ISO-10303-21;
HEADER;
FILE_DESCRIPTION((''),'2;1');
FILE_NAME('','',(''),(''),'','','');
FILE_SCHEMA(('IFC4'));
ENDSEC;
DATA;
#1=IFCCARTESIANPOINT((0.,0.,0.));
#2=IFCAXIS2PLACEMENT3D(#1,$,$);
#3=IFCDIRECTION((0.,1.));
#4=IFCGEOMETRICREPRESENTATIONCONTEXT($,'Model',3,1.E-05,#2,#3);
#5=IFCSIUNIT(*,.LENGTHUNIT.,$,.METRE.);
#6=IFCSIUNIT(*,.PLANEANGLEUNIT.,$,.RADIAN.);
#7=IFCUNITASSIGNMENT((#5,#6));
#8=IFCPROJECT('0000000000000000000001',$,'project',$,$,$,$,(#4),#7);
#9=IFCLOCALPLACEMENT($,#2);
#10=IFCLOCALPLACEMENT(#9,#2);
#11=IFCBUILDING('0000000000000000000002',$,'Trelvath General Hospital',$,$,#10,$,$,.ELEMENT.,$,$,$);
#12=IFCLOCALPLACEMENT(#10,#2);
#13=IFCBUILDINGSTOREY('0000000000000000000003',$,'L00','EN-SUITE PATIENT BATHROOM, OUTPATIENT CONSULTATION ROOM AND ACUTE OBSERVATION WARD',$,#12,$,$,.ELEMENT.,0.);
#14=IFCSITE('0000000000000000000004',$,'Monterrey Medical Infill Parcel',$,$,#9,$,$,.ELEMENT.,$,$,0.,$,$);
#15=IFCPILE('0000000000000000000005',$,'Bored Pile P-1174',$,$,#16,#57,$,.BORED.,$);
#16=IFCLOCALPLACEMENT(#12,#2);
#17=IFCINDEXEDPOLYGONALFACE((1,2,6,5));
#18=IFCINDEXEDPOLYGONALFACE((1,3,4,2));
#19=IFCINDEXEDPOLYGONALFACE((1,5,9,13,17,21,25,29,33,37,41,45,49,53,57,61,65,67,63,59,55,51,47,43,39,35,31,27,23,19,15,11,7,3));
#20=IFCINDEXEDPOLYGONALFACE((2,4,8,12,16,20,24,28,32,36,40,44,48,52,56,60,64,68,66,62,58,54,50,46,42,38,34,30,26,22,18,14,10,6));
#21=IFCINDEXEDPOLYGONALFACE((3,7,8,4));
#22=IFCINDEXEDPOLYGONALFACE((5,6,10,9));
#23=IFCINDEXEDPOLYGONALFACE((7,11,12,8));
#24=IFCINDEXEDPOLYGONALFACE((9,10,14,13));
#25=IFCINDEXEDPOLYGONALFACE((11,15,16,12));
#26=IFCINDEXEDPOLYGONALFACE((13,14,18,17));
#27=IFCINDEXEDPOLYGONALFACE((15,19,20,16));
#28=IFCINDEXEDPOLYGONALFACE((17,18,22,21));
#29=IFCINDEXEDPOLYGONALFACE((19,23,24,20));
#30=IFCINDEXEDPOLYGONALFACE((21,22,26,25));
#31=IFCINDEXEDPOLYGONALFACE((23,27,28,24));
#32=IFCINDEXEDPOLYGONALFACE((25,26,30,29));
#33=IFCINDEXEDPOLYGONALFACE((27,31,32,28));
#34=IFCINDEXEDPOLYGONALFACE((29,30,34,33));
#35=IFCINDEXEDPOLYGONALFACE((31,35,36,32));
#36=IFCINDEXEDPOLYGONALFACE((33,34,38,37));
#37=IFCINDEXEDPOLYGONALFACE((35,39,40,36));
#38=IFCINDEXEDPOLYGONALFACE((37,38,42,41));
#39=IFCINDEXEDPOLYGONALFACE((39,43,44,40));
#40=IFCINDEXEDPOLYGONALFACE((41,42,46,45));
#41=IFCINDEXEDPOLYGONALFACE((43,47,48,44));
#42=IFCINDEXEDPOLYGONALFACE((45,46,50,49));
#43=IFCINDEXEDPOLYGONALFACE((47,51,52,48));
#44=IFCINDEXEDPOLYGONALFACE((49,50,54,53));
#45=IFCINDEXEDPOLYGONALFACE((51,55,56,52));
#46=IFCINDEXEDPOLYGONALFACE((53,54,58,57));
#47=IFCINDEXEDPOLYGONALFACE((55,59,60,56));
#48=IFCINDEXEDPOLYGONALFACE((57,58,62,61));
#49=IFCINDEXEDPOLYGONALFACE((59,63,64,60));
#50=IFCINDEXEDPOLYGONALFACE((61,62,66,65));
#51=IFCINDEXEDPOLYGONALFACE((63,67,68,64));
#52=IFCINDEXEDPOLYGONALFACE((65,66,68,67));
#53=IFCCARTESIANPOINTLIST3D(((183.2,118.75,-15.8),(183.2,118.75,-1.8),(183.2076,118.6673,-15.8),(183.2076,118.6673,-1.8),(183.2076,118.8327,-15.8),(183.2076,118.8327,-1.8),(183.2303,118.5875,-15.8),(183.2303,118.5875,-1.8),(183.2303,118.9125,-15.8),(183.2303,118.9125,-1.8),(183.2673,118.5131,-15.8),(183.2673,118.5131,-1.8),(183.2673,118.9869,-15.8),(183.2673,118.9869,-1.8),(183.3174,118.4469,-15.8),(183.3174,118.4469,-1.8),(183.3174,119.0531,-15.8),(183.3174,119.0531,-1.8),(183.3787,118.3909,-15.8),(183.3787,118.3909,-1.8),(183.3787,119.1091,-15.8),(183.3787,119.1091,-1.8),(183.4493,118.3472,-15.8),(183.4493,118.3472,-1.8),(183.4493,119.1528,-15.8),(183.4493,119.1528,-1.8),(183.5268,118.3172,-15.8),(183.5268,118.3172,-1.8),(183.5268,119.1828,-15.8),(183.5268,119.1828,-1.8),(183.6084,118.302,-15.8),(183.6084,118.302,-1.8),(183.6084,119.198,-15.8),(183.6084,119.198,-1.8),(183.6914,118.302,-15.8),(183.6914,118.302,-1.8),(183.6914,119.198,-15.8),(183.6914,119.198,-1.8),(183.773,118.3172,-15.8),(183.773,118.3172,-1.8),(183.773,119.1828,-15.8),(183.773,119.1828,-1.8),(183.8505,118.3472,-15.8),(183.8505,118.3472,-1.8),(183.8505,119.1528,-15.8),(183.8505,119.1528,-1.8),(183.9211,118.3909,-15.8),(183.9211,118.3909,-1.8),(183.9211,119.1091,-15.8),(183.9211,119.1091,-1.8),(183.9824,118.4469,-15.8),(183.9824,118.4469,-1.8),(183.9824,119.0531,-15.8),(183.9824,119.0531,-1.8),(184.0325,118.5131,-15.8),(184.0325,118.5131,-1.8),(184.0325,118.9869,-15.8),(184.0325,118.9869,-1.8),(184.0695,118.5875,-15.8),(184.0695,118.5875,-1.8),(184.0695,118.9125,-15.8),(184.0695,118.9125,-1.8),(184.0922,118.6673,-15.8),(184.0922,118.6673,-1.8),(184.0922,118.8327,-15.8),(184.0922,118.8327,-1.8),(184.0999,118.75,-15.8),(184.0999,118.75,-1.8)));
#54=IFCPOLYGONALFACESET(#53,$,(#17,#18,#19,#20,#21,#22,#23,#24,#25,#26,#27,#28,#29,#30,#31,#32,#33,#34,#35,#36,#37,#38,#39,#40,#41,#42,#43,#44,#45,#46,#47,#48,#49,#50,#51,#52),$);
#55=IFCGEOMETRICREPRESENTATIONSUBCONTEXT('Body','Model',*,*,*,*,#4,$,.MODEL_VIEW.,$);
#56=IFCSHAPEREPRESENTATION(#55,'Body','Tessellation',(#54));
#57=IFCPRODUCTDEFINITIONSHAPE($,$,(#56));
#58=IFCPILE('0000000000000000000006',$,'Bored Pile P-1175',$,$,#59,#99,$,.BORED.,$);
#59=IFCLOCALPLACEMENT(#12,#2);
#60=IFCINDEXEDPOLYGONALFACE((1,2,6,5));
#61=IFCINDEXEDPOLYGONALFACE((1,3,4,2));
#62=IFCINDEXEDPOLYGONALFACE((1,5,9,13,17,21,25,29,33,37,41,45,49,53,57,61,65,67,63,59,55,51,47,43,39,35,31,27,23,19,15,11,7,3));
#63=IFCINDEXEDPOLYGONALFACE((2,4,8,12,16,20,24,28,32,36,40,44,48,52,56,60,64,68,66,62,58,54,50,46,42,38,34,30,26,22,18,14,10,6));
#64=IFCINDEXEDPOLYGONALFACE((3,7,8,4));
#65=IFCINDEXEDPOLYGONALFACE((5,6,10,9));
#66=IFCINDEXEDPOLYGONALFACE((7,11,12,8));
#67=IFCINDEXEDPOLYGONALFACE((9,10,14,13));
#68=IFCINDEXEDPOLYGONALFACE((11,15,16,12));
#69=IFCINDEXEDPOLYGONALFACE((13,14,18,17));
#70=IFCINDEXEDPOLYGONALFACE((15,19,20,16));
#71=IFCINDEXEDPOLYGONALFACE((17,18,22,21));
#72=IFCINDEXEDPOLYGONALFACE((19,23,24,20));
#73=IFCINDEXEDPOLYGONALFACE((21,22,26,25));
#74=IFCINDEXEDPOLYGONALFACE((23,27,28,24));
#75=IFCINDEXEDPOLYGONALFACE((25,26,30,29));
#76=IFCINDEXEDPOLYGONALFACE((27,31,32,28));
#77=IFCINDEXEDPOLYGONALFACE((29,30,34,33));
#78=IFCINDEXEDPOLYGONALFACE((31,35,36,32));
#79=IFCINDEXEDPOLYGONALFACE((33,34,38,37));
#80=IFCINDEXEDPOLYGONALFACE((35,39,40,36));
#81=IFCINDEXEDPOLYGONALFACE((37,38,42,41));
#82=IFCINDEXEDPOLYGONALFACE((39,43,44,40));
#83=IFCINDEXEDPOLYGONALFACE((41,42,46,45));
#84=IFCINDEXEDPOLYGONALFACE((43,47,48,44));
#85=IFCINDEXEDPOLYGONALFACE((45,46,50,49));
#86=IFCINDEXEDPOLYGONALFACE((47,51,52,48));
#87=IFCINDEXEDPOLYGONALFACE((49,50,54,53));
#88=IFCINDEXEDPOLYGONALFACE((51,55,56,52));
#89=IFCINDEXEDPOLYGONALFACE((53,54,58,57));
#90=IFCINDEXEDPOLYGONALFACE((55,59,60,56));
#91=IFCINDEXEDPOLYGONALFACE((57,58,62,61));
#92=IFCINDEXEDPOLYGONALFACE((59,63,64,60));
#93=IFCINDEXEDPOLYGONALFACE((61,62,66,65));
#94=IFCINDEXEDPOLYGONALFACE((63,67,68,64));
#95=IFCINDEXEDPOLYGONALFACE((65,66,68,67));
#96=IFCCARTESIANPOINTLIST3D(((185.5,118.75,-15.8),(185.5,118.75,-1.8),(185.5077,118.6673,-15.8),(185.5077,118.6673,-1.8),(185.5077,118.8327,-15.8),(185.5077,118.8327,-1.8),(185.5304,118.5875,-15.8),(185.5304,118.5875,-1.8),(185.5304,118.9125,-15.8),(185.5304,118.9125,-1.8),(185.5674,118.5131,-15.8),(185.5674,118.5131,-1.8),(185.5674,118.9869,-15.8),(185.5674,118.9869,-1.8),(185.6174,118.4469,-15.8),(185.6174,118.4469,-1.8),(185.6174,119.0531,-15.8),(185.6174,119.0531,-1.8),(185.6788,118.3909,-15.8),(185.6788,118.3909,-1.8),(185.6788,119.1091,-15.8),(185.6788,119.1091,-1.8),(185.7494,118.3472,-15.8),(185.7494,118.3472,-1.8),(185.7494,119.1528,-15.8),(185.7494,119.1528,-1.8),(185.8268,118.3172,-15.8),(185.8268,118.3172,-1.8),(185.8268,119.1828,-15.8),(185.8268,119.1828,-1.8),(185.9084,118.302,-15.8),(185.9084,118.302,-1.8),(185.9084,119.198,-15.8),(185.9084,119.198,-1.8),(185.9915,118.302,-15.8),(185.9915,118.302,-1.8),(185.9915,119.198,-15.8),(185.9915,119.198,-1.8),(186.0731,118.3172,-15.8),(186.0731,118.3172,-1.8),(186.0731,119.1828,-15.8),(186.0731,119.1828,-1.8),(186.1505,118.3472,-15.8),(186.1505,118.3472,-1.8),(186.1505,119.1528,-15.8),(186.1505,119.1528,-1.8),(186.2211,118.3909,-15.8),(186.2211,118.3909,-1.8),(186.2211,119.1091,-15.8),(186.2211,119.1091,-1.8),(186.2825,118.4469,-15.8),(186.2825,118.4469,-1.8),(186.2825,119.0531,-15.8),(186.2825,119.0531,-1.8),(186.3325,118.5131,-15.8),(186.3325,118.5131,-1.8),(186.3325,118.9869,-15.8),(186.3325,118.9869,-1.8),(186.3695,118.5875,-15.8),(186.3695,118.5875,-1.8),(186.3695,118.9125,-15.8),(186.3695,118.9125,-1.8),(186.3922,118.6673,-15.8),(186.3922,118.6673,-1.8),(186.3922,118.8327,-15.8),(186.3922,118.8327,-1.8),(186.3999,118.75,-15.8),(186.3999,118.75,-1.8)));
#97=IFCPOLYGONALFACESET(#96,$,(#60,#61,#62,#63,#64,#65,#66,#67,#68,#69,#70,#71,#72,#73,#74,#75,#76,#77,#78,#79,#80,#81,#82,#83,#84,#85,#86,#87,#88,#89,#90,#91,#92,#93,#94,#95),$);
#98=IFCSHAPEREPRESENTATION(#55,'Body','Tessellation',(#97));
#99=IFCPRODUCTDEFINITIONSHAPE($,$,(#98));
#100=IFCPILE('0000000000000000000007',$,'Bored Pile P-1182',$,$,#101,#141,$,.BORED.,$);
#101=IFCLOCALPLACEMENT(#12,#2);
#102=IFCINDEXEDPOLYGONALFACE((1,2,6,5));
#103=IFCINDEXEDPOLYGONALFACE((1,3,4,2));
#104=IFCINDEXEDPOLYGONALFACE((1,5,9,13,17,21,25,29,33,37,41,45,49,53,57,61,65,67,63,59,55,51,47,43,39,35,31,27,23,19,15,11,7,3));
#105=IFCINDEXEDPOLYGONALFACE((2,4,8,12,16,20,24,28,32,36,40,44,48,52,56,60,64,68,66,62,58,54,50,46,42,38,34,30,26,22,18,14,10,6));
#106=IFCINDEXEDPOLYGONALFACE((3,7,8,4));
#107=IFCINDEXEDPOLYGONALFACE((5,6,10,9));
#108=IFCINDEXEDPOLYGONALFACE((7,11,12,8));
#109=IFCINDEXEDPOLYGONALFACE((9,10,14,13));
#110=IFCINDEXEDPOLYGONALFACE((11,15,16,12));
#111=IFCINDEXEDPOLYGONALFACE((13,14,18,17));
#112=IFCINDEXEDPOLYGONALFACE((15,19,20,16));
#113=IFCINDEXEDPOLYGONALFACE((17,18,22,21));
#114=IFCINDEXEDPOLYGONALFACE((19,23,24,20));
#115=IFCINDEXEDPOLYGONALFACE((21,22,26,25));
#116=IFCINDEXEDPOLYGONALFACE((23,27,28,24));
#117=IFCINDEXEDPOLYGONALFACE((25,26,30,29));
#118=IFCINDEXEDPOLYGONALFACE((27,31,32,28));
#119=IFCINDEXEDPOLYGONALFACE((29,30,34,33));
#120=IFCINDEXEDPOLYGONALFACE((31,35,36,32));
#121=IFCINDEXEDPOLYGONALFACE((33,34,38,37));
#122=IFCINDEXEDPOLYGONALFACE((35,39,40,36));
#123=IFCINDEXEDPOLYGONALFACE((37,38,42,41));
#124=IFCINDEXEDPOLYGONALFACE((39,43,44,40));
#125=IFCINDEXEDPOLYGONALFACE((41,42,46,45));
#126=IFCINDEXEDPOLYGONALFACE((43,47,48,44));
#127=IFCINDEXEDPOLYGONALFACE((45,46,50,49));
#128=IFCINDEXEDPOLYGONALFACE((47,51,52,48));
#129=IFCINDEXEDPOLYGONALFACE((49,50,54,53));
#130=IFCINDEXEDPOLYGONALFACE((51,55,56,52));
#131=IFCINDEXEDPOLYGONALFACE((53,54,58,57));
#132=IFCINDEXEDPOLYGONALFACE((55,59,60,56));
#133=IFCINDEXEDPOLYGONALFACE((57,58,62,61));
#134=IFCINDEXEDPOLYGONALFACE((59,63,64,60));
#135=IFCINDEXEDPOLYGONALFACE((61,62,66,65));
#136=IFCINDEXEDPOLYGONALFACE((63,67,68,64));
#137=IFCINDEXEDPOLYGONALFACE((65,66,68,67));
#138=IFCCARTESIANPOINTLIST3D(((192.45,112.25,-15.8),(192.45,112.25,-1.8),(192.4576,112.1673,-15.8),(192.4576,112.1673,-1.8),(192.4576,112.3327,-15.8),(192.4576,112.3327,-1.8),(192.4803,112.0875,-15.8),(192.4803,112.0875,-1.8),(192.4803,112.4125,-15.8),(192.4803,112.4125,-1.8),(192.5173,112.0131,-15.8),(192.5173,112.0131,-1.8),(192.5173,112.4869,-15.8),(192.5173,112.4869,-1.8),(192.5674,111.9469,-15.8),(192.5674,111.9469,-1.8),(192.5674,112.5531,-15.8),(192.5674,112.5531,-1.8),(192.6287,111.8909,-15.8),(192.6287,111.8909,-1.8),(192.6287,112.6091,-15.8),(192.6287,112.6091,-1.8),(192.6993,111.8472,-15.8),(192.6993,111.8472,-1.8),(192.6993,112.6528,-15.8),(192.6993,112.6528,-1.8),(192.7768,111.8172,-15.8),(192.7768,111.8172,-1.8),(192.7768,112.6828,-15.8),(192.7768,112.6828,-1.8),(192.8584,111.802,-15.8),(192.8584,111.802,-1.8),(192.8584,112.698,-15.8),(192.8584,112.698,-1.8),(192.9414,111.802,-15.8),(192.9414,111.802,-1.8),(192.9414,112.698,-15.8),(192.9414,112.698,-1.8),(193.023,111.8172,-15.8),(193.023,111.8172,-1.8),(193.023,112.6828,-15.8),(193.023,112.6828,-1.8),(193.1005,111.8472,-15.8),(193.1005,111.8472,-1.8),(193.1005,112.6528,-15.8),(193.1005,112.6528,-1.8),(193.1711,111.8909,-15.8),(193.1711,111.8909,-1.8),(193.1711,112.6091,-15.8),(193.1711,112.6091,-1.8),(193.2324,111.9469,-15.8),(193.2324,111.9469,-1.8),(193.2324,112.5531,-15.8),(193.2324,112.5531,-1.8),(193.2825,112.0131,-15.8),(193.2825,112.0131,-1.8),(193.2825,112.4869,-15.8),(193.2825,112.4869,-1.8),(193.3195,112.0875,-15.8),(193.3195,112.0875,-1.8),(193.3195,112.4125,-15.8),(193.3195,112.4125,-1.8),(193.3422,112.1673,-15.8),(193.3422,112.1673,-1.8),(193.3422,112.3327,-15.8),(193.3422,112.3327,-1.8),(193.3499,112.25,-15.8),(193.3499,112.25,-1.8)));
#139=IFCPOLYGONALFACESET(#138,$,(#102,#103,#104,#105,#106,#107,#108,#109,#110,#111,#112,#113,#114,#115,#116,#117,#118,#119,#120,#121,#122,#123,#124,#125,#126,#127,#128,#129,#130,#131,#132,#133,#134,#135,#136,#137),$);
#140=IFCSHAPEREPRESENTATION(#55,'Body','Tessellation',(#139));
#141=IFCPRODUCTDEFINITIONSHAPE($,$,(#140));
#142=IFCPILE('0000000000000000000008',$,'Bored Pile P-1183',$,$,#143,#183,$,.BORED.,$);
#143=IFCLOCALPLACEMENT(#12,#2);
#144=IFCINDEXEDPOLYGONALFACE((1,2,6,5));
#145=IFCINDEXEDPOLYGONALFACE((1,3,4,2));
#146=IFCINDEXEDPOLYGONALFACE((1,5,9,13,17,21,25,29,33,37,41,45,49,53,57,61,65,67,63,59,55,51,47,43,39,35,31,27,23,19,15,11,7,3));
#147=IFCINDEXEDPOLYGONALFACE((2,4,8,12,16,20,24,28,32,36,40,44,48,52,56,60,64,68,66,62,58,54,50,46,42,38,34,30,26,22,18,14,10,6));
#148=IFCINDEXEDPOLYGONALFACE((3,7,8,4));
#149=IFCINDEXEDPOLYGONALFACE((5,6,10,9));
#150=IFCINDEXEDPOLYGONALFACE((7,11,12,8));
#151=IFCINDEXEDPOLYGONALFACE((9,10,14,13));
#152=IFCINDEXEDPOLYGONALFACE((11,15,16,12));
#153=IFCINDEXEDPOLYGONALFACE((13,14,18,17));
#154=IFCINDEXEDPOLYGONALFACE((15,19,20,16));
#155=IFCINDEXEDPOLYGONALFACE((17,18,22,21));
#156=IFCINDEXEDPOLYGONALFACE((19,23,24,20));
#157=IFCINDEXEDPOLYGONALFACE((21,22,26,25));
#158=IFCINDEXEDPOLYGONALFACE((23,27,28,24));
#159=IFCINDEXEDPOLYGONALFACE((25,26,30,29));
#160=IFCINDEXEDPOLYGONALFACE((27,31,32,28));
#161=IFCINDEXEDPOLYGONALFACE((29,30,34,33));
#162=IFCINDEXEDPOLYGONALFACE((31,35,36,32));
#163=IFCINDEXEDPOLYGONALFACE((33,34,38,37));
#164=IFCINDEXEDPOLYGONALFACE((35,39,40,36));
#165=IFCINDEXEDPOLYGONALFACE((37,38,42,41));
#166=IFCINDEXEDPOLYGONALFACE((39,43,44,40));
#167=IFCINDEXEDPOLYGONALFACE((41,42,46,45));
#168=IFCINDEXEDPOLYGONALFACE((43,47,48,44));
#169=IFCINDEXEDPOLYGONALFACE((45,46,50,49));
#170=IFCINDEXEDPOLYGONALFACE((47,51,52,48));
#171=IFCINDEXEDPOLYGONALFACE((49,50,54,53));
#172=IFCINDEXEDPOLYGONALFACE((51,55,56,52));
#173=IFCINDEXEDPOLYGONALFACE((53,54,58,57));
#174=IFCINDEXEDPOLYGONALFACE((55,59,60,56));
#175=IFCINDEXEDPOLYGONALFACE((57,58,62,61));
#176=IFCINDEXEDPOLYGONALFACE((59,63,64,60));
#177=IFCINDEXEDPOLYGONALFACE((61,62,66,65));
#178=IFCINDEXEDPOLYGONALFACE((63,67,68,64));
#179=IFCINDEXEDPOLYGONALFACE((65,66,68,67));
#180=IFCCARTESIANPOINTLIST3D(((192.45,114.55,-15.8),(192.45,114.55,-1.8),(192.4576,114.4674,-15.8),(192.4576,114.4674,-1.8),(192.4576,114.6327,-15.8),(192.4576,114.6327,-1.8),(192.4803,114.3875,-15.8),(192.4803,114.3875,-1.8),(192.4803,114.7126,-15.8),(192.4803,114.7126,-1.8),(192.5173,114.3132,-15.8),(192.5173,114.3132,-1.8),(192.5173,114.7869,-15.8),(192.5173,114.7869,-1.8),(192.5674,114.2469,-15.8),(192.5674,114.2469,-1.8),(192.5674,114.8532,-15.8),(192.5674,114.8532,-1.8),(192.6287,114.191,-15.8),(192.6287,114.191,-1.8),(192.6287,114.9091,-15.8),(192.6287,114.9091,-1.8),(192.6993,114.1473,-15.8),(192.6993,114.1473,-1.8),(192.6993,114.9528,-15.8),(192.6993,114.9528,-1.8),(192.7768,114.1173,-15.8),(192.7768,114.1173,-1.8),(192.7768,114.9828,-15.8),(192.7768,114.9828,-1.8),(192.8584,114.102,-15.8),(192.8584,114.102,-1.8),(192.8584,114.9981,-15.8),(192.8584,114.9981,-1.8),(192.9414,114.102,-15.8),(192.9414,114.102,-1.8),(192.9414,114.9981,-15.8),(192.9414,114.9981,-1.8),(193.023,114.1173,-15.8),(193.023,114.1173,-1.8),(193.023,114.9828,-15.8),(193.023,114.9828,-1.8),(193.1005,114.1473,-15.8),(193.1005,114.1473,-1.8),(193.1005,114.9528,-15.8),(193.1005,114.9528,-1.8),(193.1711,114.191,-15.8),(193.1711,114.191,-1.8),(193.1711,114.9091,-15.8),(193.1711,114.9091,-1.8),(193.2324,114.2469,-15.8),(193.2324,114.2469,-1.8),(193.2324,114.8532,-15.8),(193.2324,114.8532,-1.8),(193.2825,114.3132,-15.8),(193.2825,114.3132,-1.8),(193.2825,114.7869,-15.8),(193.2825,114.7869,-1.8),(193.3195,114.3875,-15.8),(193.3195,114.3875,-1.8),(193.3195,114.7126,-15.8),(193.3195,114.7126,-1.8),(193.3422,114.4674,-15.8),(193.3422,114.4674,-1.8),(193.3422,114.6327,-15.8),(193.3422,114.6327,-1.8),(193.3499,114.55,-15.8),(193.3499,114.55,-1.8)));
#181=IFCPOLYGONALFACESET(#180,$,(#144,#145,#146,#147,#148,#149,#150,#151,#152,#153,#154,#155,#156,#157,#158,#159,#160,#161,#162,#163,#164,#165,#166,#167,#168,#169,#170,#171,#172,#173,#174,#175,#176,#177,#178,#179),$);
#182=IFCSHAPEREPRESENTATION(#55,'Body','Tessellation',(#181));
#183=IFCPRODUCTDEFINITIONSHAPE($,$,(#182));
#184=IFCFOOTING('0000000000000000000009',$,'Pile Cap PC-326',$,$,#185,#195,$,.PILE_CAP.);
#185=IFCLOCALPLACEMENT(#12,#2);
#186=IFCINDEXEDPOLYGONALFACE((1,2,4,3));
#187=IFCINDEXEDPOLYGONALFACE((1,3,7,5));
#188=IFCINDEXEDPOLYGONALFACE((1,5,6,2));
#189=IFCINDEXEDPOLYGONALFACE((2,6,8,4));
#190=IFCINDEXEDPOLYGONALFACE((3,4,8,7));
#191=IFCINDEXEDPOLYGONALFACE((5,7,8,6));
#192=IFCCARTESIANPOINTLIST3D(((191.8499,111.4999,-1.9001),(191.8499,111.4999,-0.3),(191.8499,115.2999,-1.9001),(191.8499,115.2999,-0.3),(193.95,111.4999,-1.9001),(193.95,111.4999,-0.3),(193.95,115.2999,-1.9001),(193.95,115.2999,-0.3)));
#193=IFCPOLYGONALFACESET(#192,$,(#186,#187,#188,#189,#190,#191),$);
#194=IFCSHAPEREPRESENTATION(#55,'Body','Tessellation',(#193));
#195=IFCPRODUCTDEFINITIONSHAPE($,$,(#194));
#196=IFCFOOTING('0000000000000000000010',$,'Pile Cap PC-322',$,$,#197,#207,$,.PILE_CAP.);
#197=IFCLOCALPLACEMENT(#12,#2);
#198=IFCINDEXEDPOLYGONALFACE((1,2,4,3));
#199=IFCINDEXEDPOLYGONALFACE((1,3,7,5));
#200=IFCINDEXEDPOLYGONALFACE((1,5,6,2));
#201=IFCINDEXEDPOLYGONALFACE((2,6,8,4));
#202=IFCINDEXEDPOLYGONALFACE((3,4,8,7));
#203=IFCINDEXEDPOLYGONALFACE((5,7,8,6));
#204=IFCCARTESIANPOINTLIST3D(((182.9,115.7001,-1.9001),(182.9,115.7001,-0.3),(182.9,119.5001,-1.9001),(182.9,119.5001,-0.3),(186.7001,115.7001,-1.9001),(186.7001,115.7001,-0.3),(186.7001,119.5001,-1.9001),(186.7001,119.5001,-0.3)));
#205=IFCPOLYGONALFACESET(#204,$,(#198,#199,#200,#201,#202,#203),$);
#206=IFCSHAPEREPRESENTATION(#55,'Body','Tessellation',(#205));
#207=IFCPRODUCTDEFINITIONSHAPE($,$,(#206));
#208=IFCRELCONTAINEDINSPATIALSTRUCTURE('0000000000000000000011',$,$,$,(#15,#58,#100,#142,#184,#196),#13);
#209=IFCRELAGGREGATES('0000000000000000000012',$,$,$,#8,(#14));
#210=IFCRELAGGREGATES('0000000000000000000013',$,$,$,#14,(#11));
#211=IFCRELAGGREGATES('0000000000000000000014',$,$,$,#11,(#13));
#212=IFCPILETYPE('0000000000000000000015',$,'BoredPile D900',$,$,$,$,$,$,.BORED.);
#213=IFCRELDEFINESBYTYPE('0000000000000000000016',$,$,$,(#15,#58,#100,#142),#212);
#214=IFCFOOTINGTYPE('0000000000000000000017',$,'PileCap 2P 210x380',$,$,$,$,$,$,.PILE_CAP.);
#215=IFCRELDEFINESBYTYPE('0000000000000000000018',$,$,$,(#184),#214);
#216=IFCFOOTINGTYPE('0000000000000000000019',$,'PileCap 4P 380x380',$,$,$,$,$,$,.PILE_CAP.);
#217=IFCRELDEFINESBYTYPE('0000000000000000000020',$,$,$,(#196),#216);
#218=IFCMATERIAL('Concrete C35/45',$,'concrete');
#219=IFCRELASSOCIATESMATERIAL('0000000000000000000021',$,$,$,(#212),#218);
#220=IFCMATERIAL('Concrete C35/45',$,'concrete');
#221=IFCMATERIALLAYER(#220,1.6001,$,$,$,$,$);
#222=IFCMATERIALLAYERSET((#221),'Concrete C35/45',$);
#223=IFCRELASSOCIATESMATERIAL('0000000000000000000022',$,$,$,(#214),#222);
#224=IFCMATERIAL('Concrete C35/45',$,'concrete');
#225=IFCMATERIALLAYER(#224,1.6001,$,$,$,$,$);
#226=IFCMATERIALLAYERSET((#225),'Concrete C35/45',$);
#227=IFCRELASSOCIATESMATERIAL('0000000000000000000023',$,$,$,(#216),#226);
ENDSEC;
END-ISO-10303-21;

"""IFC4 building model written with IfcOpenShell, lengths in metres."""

from ifc_helpers import new_model, si_unit, direction, frame, origin, origin_2d, place, context, subcontext, project, spatial, rectangle, circle, extrude, material, layer, layer_set, material_profile, profile_set, type_object, element, save


model = new_model("IFC4")

# Units and contexts
model_context = context("Model", 3, precision=1e-05, world=origin(), true_north=direction((0.0, 1.0)))
body_context = subcontext(model_context, "Body", "Model", "MODEL_VIEW")
ifc_project = project(units=[si_unit("LENGTHUNIT", "METRE"), si_unit("PLANEANGLEUNIT", "RADIAN")], contexts=[model_context])

# Site, building, storey
site_placement = place(None, origin())
site = spatial("IfcSite", under=ifc_project, at=site_placement, Name="Monterrey Medical Infill Parcel", CompositionType="ELEMENT", RefElevation=0.0)
building_placement = place(site_placement, origin())
building = spatial("IfcBuilding", under=site, at=building_placement, Name="Trelvath General Hospital", CompositionType="ELEMENT")
storey_placement = place(building_placement, origin())
storey = spatial("IfcBuildingStorey", under=building, at=storey_placement, Name="L00", Description="EN-SUITE PATIENT BATHROOM, OUTPATIENT CONSULTATION ROOM AND ACUTE OBSERVATION WARD", CompositionType="ELEMENT", Elevation=0.0)

# Piles
ifc_material_1 = material(Name="Concrete C35/45", Category="concrete")
ifc_material_profile_1 = material_profile(ifc_material_1, circle(Radius=0.45, at=origin_2d()), Name="PILE900")
ifc_profile_set_1 = profile_set([ifc_material_profile_1], Name="Concrete C35/45")
pile_type_1 = type_object("IfcPileType", Name="BoredPile D900", PredefinedType="BORED", material=ifc_profile_set_1)
for number, where, z_axis, x_axis, name in (
    (1, (183.6499, 118.75, -1.8), (0.0, 0.0, -1.0), (1.0, 0.0, 0.0), "Bored Pile P-1174"),
    (2, (185.95, 118.75, -1.8), (0.0, 0.0, -1.0), (1.0, 0.0, 0.0), "Bored Pile P-1175"),
    (3, (192.8999, 112.25, -1.8), (0.0, 0.0, -1.0), (1.0, 0.0, 0.0), "Bored Pile P-1182"),
    (4, (192.8999, 114.55, -1.8), (0.0, 0.0, -1.0), (1.0, 0.0, 0.0), "Bored Pile P-1183"),
):
    element("IfcPile", number, at=place(storey_placement, frame(where, z_axis=z_axis, x_axis=x_axis)), inside=storey, type_object=pile_type_1, Name=name, PredefinedType="BORED", context=body_context, shape_type="SweptSolid", body=[
        extrude(circle(Radius=0.45, at=origin_2d()), origin(), (0.0, 0.0, 1.0), 14.0),
    ])

# Footings
ifc_material_2 = material(Name="Concrete C35/45", Category="concrete")
ifc_layer_1 = layer(ifc_material_2, 1.6001)
ifc_layer_set_1 = layer_set([ifc_layer_1], Name="Concrete C35/45")
footing_type_1 = type_object("IfcFootingType", Name="PileCap 2P 210x380", PredefinedType="PILE_CAP", material=ifc_layer_set_1)
footing_1_placement = place(storey_placement, frame((192.8999, 113.3999, -1.9001), z_axis=(0.0, 0.0, 1.0), x_axis=(1.0, 0.0, 0.0)))
element("IfcFooting", 5, at=footing_1_placement, inside=storey, type_object=footing_type_1, Name="Pile Cap PC-326", PredefinedType="PILE_CAP", context=body_context, shape_type="SweptSolid", body=[
    extrude(rectangle(XDim=2.1001, YDim=3.8, at=origin_2d()), origin(), (0.0, 0.0, 1.0), 1.6001),
])
ifc_material_3 = material(Name="Concrete C35/45", Category="concrete")
ifc_layer_2 = layer(ifc_material_3, 1.6001)
ifc_layer_set_2 = layer_set([ifc_layer_2], Name="Concrete C35/45")
footing_type_2 = type_object("IfcFootingType", Name="PileCap 4P 380x380", PredefinedType="PILE_CAP", material=ifc_layer_set_2)
footing_2_placement = place(storey_placement, frame((184.8, 117.6001, -1.9001), z_axis=(0.0, 0.0, 1.0), x_axis=(1.0, 0.0, 0.0)))
element("IfcFooting", 6, at=footing_2_placement, inside=storey, type_object=footing_type_2, Name="Pile Cap PC-322", PredefinedType="PILE_CAP", context=body_context, shape_type="SweptSolid", body=[
    extrude(rectangle(XDim=3.8, YDim=3.8, at=origin_2d()), origin(), (0.0, 0.0, 1.0), 1.6001),
])

save(model, "model.ifc")
